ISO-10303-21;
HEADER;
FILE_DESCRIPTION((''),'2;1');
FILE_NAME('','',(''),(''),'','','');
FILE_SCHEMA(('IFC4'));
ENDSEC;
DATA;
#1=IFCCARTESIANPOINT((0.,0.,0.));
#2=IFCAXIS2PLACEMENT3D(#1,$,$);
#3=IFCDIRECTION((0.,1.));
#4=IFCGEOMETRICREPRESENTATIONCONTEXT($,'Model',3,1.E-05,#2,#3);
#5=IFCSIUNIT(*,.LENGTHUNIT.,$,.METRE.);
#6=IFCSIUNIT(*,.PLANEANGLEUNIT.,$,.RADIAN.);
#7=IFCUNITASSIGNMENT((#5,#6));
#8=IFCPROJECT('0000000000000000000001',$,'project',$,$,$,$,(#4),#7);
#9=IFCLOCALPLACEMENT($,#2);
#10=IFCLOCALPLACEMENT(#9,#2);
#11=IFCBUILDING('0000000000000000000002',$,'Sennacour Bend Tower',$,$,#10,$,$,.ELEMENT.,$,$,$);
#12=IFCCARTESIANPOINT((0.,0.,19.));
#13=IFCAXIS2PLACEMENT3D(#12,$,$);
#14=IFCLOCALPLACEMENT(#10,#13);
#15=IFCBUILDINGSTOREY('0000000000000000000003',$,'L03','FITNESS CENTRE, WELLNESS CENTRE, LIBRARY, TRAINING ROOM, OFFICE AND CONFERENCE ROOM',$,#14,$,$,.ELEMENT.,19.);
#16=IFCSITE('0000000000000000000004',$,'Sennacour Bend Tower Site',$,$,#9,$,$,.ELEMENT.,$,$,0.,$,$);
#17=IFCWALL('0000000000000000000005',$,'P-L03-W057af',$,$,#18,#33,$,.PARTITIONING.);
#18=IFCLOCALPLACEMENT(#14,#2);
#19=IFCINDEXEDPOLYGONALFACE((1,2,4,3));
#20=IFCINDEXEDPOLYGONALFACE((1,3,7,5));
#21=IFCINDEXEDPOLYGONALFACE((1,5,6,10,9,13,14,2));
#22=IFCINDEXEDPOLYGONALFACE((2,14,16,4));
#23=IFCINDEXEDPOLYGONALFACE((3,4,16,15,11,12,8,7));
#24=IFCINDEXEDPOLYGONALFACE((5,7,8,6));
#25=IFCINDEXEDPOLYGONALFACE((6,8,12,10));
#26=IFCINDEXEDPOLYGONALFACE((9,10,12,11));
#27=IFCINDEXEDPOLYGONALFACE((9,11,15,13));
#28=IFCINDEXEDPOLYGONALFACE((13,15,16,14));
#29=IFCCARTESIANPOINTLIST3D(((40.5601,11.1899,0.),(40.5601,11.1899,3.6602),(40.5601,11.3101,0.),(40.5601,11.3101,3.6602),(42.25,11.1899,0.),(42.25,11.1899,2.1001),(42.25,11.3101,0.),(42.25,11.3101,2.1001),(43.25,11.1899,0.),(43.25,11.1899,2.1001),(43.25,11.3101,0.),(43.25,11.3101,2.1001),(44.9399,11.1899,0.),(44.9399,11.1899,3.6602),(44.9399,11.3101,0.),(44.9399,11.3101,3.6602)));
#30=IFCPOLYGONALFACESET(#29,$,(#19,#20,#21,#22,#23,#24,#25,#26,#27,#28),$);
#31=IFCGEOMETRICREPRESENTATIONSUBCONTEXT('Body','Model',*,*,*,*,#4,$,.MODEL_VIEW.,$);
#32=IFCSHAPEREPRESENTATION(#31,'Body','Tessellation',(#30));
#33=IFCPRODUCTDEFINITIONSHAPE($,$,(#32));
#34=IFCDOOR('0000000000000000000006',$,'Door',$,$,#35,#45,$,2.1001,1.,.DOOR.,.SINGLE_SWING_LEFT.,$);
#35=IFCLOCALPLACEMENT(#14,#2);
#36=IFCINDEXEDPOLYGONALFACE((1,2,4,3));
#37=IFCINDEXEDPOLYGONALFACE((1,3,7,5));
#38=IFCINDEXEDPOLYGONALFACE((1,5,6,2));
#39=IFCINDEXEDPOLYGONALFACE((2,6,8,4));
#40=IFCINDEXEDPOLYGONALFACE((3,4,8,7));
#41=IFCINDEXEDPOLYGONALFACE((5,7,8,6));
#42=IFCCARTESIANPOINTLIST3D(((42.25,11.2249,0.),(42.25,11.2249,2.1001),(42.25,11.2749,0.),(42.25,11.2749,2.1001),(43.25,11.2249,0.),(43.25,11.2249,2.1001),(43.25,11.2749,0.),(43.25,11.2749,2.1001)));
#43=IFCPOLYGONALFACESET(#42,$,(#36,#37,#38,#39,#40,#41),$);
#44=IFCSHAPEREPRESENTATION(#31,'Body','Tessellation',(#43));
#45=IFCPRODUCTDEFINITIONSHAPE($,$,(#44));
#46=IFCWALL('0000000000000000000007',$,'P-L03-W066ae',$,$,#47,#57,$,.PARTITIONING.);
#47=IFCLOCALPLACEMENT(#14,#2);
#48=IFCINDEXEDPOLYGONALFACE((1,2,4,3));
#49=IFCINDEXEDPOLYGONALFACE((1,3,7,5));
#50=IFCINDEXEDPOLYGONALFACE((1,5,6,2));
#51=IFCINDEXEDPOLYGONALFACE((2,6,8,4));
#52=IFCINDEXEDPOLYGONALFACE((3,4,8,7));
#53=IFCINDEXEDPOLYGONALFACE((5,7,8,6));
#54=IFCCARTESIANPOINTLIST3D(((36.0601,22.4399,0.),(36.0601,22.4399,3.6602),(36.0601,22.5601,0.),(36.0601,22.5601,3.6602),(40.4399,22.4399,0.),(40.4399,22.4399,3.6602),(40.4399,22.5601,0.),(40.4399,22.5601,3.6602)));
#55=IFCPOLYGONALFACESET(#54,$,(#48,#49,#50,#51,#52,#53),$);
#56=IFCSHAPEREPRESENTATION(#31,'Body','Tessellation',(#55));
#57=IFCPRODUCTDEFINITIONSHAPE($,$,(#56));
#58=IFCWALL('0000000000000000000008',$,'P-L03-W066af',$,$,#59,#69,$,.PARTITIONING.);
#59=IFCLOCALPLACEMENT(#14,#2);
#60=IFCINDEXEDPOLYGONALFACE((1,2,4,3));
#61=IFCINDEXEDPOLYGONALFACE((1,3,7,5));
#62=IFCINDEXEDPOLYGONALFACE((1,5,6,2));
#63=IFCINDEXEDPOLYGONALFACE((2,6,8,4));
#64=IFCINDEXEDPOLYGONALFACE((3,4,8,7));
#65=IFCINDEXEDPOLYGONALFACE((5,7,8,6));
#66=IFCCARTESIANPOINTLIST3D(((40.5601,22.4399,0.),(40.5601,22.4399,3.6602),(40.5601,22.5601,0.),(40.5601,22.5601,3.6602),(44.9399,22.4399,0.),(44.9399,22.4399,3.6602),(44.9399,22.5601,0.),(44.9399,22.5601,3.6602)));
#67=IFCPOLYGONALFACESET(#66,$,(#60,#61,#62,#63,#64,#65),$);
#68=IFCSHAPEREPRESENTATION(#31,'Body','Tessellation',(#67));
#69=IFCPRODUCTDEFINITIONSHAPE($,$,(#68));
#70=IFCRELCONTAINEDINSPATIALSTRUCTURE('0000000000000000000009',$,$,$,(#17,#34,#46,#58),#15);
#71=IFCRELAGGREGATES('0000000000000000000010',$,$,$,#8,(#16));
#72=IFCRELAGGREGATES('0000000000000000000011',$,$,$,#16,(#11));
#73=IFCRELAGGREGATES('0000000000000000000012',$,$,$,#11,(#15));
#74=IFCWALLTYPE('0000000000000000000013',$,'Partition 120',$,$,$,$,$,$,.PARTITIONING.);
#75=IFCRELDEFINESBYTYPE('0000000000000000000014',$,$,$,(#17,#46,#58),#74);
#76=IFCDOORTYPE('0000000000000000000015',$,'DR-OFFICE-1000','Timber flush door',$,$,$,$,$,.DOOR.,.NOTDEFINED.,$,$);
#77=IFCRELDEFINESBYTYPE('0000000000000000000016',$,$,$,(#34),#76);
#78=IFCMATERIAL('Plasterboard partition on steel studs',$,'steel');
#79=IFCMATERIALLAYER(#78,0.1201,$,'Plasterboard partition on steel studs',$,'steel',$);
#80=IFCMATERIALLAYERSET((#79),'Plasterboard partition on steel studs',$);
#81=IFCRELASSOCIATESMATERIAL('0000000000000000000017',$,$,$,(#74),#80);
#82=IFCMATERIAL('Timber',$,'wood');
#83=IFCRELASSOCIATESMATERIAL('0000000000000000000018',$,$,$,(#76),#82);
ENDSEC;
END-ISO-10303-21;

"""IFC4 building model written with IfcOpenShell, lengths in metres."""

from ifc_helpers import new_model, si_unit, direction, frame, frame_2d, origin, place, context, subcontext, project, spatial, rectangle, extrude, material, layer, layer_set, type_object, element, fill, save


model = new_model("IFC4")

# Units and contexts
model_context = context("Model", 3, precision=1e-05, world=origin(), true_north=direction((0.0, 1.0)))
body_context = subcontext(model_context, "Body", "Model", "MODEL_VIEW")
ifc_project = project(units=[si_unit("LENGTHUNIT", "METRE"), si_unit("PLANEANGLEUNIT", "RADIAN")], contexts=[model_context])

# Site, building, storey
site_placement = place(None, origin())
site = spatial("IfcSite", under=ifc_project, at=site_placement, Name="Sennacour Bend Tower Site", CompositionType="ELEMENT", RefElevation=0.0)
building_placement = place(site_placement, origin())
building = spatial("IfcBuilding", under=site, at=building_placement, Name="Sennacour Bend Tower", CompositionType="ELEMENT")
storey_placement = place(building_placement, frame((0.0, 0.0, 19.0)))
storey = spatial("IfcBuildingStorey", under=building, at=storey_placement, Name="L03", Description="FITNESS CENTRE, WELLNESS CENTRE, LIBRARY, TRAINING ROOM, OFFICE AND CONFERENCE ROOM", CompositionType="ELEMENT", Elevation=19.0)

# Shared definitions
ifc_material_1 = material(Name="Plasterboard partition on steel studs", Category="steel")
ifc_layer = layer(ifc_material_1, 0.1201, Name="Plasterboard partition on steel studs", Category="steel")
ifc_layer_set = layer_set([ifc_layer], Name="Plasterboard partition on steel studs")
wall_type = type_object("IfcWallType", Name="Partition 120", PredefinedType="PARTITIONING", material=ifc_layer_set)
ifc_material_2 = material(Name="Timber", Category="wood")

# Wall, opening, door
door_type_1 = type_object("IfcDoorType", Name="DR-OFFICE-1000", Description="Timber flush door", OperationType="NOTDEFINED", PredefinedType="DOOR", material=ifc_material_2)
wall_1_placement = place(storey_placement, frame((40.5601, 11.25, 0.0), z_axis=(0.0, 0.0, 1.0), x_axis=(1.0, 0.0, 0.0)))
wall_1 = element("IfcWall", 1, at=wall_1_placement, inside=storey, type_object=wall_type, Name="P-L03-W057af", PredefinedType="PARTITIONING", context=body_context, shape_type="SweptSolid", body=[
    extrude(rectangle(XDim=4.3799, YDim=0.1201, at=frame_2d((2.1899, 0.0))), origin(), (0.0, 0.0, 1.0), 3.6602),
])
opening_1_placement = place(wall_1_placement, frame((1.6899, 0.0, 0.0)))
opening_1 = element("IfcOpeningElement", 2, at=opening_1_placement, cuts=wall_1, PredefinedType="OPENING", context=body_context, shape_type="SweptSolid", body=[
    extrude(rectangle(XDim=1.0, YDim=2.1001, at=frame_2d((0.5, 1.05))), frame((0.0, 0.0701, 0.0), z_axis=(0.0, -1.0, 0.0), x_axis=(1.0, 0.0, 0.0)), (0.0, 0.0, 1.0), 0.1401),
])
door_1_placement = place(opening_1_placement, origin())
door_1 = element("IfcDoor", 3, at=door_1_placement, inside=storey, type_object=door_type_1, Name="Door", OperationType="SINGLE_SWING_LEFT", OverallHeight=2.1001, OverallWidth=1.0, PredefinedType="DOOR", context=body_context, shape_type="SweptSolid", body=[
    extrude(rectangle(XDim=1.0, YDim=2.1001, at=frame_2d((0.5, 1.05))), frame((0.0, 0.0249, 0.0), z_axis=(0.0, -1.0, 0.0), x_axis=(1.0, 0.0, 0.0)), (0.0, 0.0, 1.0), 0.05),
])
fill(opening_1, door_1)

# Walls
for number, where, z_axis, x_axis, name in (
    (4, (36.0601, 22.5, 0.0), (0.0, 0.0, 1.0), (1.0, 0.0, 0.0), "P-L03-W066ae"),
    (5, (40.5601, 22.5, 0.0), (0.0, 0.0, 1.0), (1.0, 0.0, 0.0), "P-L03-W066af"),
):
    element("IfcWall", number, at=place(storey_placement, frame(where, z_axis=z_axis, x_axis=x_axis)), inside=storey, type_object=wall_type, Name=name, PredefinedType="PARTITIONING", context=body_context, shape_type="SweptSolid", body=[
        extrude(rectangle(XDim=4.3799, YDim=0.1201, at=frame_2d((2.1899, 0.0))), origin(), (0.0, 0.0, 1.0), 3.6602),
    ])

save(model, "model.ifc")
